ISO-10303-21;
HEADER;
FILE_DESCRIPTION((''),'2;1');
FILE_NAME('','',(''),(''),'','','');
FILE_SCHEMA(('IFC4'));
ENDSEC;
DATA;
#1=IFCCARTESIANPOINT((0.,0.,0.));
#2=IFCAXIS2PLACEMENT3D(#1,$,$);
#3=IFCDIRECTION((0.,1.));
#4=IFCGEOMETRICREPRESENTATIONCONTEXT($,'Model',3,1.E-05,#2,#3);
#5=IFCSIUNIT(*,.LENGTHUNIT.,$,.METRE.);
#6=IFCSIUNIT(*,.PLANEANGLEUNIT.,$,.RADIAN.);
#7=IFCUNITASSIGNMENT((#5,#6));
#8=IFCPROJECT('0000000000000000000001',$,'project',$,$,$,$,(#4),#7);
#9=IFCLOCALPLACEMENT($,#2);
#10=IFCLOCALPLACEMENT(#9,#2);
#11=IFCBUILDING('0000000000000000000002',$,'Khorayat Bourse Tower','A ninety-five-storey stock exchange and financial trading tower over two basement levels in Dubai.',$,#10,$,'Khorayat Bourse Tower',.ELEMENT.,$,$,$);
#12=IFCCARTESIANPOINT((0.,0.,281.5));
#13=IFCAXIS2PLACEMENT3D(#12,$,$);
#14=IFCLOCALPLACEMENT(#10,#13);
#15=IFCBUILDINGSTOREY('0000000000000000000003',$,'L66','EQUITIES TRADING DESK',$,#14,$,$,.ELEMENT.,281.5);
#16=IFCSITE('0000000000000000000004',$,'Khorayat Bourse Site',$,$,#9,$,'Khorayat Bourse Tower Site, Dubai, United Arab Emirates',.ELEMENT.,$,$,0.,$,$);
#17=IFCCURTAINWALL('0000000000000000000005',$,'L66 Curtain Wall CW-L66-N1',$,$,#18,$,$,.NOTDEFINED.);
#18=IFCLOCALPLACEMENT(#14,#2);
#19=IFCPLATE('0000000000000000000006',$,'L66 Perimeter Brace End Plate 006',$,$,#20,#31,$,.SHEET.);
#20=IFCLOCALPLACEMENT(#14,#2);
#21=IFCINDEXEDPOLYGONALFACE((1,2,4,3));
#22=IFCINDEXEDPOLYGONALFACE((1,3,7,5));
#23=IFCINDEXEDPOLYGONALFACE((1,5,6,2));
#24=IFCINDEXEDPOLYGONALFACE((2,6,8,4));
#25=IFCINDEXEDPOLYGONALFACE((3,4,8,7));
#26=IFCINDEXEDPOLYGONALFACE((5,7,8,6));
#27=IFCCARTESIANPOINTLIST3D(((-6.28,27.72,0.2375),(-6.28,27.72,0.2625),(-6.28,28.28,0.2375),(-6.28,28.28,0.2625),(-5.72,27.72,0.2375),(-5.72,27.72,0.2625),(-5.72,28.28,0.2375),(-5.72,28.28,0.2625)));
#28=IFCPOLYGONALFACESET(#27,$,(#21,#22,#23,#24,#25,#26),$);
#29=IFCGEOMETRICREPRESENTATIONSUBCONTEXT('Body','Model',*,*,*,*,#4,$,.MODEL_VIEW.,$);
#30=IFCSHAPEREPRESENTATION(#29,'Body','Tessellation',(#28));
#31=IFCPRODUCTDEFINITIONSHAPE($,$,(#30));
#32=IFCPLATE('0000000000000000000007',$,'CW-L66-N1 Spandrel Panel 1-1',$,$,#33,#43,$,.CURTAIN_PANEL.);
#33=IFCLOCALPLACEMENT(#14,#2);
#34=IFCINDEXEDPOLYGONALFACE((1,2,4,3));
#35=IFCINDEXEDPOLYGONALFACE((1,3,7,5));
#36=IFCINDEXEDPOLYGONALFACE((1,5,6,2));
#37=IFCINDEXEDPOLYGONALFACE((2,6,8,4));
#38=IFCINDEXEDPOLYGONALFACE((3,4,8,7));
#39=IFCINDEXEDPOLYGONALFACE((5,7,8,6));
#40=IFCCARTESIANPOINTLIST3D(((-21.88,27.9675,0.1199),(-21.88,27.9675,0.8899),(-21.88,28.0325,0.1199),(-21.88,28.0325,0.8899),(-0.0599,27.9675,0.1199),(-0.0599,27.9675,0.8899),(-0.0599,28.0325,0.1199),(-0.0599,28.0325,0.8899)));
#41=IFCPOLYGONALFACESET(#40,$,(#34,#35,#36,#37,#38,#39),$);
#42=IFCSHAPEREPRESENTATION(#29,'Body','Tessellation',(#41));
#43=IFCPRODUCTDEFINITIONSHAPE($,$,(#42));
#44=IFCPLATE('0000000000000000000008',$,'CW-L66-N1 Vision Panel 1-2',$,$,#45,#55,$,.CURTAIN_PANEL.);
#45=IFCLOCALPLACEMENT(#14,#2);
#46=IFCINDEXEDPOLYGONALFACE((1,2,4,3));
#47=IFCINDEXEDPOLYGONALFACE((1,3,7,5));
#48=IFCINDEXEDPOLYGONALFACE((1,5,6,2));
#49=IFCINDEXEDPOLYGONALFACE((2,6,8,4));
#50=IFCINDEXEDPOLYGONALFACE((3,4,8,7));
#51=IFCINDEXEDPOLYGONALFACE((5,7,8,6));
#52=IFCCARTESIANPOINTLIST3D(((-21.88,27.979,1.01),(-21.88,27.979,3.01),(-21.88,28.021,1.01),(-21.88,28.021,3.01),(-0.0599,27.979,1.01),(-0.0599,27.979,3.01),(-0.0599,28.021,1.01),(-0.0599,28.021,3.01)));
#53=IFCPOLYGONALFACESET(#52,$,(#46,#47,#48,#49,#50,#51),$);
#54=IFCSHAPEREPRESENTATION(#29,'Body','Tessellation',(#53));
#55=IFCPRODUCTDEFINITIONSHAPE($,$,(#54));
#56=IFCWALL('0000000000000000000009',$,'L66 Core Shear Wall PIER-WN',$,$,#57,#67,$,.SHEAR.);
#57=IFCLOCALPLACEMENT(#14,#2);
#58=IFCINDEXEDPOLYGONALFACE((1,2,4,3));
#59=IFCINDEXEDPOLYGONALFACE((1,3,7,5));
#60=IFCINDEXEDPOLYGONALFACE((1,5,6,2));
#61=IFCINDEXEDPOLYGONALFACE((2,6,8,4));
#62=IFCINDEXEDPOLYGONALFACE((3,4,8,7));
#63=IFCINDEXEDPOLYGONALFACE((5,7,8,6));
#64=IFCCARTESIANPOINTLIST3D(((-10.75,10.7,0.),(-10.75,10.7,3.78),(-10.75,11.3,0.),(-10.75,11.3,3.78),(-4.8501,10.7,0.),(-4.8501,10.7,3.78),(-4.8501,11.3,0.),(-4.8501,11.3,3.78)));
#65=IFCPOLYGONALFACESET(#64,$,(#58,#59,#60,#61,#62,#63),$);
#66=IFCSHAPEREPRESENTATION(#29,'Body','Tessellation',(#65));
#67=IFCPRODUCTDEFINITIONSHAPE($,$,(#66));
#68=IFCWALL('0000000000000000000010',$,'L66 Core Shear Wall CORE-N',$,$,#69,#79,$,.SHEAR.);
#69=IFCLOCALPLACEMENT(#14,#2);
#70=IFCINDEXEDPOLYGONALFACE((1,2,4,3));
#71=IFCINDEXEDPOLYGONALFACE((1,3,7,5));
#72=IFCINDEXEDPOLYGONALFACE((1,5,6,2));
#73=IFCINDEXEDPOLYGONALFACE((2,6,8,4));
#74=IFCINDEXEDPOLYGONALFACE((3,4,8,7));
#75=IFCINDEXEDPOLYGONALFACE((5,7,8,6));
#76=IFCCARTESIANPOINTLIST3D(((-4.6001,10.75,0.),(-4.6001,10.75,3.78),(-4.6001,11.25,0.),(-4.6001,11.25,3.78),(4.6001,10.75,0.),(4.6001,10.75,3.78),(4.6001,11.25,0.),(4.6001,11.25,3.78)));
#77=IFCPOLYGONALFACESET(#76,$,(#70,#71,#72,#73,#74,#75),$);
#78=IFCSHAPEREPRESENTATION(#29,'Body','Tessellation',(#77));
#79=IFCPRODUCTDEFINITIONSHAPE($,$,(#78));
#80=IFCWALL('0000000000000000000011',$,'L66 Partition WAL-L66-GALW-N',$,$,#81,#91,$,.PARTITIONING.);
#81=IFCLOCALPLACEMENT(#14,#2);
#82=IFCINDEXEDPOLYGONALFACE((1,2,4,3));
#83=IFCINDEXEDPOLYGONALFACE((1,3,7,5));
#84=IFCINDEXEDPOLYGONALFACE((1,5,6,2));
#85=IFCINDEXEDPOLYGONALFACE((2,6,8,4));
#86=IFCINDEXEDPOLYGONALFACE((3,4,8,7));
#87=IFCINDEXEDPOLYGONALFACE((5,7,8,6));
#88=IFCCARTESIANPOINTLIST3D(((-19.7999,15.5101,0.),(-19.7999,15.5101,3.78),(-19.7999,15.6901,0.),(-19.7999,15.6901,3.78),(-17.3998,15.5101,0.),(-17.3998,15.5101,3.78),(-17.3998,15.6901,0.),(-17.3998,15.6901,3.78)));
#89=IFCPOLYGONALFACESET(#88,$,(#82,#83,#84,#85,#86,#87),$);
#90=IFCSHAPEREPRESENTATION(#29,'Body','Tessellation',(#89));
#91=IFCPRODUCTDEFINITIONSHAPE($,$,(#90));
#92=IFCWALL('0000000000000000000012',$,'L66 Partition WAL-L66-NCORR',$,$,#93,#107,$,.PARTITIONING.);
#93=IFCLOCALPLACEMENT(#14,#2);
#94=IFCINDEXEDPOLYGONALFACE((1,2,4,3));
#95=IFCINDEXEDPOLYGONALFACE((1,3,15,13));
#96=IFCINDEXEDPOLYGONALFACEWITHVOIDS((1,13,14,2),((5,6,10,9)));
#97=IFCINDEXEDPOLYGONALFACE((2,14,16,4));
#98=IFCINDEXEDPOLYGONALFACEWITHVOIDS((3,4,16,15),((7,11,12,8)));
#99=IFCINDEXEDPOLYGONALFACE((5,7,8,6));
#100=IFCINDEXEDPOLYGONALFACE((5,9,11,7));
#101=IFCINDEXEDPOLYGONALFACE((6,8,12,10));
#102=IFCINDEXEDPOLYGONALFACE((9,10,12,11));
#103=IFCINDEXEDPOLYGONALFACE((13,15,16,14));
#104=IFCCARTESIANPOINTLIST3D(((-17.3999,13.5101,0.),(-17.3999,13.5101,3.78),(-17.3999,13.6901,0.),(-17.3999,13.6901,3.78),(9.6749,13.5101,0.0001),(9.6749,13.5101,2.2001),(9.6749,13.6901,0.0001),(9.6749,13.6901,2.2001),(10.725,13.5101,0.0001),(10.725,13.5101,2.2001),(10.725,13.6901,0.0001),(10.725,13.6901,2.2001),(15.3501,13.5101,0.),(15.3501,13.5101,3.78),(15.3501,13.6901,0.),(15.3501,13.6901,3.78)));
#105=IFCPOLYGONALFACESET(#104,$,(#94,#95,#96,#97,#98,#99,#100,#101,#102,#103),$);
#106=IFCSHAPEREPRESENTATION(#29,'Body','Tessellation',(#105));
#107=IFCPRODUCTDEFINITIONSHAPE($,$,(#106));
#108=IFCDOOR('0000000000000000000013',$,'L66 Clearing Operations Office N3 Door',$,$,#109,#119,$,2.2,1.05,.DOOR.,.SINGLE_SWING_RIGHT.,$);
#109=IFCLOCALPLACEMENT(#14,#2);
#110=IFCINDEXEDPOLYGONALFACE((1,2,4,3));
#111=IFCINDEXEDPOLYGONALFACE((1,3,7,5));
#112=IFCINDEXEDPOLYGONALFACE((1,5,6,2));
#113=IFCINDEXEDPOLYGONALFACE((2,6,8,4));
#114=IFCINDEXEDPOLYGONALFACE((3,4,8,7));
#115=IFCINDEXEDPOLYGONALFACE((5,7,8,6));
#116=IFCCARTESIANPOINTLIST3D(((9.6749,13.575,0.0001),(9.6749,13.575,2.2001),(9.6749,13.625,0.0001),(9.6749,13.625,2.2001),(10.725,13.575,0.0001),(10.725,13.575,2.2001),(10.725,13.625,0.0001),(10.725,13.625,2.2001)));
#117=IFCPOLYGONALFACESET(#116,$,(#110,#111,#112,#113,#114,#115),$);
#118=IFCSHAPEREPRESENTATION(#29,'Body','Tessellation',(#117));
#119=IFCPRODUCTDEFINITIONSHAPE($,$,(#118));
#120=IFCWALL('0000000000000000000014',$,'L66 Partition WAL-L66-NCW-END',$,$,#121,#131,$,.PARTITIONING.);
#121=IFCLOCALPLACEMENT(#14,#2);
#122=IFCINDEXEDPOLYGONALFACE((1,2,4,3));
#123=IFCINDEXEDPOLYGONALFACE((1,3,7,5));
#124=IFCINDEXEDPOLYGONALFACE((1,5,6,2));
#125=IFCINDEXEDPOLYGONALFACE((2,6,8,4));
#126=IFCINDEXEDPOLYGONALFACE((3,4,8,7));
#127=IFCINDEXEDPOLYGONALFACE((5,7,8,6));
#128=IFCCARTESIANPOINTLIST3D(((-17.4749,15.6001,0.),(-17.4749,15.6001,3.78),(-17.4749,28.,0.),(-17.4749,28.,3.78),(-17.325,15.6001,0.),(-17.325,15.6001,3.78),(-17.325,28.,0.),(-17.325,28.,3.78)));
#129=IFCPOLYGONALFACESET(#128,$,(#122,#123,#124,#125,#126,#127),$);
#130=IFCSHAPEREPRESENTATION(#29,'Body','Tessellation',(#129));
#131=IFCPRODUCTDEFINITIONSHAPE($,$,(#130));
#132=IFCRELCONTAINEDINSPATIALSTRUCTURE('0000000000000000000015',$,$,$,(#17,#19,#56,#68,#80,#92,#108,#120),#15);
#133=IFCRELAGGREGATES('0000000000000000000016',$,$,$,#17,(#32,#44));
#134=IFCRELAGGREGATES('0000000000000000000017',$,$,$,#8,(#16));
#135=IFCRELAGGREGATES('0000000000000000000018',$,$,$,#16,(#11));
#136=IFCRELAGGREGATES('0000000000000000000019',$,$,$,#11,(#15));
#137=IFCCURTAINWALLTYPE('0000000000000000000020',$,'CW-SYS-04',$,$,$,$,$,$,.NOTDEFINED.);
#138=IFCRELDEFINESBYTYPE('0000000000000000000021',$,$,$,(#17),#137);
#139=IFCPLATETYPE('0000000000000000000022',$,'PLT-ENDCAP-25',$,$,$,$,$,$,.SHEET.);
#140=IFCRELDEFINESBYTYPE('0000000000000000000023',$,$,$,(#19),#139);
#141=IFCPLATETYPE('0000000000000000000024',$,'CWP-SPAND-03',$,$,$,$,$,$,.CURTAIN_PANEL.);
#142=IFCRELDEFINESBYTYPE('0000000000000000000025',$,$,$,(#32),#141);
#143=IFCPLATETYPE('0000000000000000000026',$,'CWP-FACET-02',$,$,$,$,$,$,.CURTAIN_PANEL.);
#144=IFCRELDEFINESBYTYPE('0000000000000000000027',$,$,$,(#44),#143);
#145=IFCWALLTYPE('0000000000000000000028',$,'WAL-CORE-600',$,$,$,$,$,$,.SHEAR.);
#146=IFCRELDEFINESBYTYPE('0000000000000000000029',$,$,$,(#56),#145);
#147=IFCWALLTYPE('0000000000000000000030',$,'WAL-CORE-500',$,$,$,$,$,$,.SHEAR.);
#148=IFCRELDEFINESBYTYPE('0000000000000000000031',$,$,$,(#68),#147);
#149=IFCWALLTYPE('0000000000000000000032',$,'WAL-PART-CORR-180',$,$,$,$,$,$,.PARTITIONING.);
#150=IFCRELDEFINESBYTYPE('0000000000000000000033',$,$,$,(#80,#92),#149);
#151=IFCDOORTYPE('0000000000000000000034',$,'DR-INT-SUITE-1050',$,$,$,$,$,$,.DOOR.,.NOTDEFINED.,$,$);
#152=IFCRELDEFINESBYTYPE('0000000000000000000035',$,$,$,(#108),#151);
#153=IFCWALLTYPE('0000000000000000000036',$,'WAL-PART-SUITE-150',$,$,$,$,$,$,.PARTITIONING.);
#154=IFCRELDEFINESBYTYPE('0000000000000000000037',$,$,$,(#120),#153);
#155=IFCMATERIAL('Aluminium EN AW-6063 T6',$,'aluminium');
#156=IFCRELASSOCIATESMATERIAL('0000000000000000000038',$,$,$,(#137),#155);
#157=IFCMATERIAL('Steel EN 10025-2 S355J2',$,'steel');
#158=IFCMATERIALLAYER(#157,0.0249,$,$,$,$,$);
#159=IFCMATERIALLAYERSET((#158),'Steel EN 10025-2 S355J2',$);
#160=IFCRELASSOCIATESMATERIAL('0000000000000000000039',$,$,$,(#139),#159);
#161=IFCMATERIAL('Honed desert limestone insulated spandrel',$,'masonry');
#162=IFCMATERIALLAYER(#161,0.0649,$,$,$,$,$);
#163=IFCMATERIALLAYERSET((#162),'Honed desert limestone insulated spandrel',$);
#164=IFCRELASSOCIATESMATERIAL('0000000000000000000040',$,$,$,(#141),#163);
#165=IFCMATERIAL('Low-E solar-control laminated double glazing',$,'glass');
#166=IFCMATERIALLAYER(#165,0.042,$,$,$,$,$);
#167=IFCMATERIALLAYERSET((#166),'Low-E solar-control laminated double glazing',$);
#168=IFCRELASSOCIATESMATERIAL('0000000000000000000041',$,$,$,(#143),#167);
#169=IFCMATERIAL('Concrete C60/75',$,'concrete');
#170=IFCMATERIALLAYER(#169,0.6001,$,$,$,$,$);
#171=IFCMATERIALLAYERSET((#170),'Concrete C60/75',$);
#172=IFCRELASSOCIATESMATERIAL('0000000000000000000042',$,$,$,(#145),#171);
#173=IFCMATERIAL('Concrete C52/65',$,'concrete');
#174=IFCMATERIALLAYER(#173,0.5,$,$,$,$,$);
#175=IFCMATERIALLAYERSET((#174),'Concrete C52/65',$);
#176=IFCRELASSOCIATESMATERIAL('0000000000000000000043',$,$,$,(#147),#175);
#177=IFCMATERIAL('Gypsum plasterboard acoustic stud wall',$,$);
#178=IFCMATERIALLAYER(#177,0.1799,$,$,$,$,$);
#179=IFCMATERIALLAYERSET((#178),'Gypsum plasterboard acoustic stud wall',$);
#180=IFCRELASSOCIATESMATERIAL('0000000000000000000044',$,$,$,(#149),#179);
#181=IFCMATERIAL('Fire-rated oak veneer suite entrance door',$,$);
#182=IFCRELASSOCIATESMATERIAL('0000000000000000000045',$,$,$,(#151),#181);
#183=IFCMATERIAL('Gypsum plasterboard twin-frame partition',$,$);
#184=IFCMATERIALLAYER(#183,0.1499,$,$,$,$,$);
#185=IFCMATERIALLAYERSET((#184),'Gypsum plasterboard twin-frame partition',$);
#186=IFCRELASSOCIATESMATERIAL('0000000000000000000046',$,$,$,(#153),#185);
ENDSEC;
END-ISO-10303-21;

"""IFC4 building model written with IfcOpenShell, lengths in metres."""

from ifc_helpers import new_model, si_unit, direction, frame, frame_2d, origin, origin_2d, place, context, subcontext, project, spatial, rectangle, extrude, source, transform, mapped, material, layer, layer_set, type_object, element, fill, aggregate, save


model = new_model("IFC4")

# Units and contexts
model_context = context("Model", 3, precision=1e-05, world=origin(), true_north=direction((0.0, 1.0)))
body_context = subcontext(model_context, "Body", "Model", "MODEL_VIEW")
ifc_project = project(units=[si_unit("LENGTHUNIT", "METRE"), si_unit("PLANEANGLEUNIT", "RADIAN")], contexts=[model_context])

# Site, building, storey
site_placement = place(None, origin())
site = spatial("IfcSite", under=ifc_project, at=site_placement, Name="Khorayat Bourse Site", LongName="Khorayat Bourse Tower Site, Dubai, United Arab Emirates", CompositionType="ELEMENT", RefElevation=0.0)
building_placement = place(site_placement, origin())
building = spatial("IfcBuilding", under=site, at=building_placement, Name="Khorayat Bourse Tower", Description="A ninety-five-storey stock exchange and financial trading tower over two basement levels in Dubai.", LongName="Khorayat Bourse Tower", CompositionType="ELEMENT")
storey_placement = place(building_placement, frame((0.0, 0.0, 281.5)))
storey = spatial("IfcBuildingStorey", under=building, at=storey_placement, Name="L66", Description="EQUITIES TRADING DESK", CompositionType="ELEMENT", Elevation=281.5)

# Shared definitions
ifc_material_1 = material(Name="Concrete C52/65", Category="concrete")

# Shared definitions
ifc_material_2 = material(Name="Concrete C60/75", Category="concrete")

# Curtain wall
ifc_material_3 = material(Name="Aluminium EN AW-6063 T6", Category="aluminium")
curtain_wall_type = type_object("IfcCurtainWallType", Name="CW-SYS-04", PredefinedType="NOTDEFINED", material=ifc_material_3)
curtain_wall_placement = place(storey_placement, origin())
curtain_wall = element("IfcCurtainWall", 1, at=curtain_wall_placement, inside=storey, type_object=curtain_wall_type, Name="L66 Curtain Wall CW-L66-N1", PredefinedType="NOTDEFINED")

# Plate
ifc_material_4 = material(Name="Steel EN 10025-2 S355J2", Category="steel")
ifc_layer_1 = layer(ifc_material_4, 0.0249)
ifc_layer_set_1 = layer_set([ifc_layer_1], Name="Steel EN 10025-2 S355J2")
plate_type_1 = type_object("IfcPlateType", Name="PLT-ENDCAP-25", PredefinedType="SHEET", material=ifc_layer_set_1)
shared_shape_1 = source(origin(), body_context, "Body", "SweptSolid", [
    extrude(rectangle(XDim=0.5601, YDim=0.5601, at=origin_2d()), origin(), (0.0, 0.0, 1.0), 0.0249),
])
for number, where, z_axis, x_axis, name in (
    (2, (-6.0, 28.0, 0.2375), (0.0, 0.0, 1.0), (1.0, 0.0, 0.0), "L66 Perimeter Brace End Plate 006"),
):
    element("IfcPlate", number, at=place(storey_placement, frame(where, z_axis=z_axis, x_axis=x_axis)), inside=storey, type_object=plate_type_1, Name=name, PredefinedType="SHEET", context=body_context, shape_type="MappedRepresentation", body=[
        mapped(shared_shape_1, transform((0.0, 0.0, 0.0), scale=1.0)),
    ])

# Plates
ifc_material_5 = material(Name="Honed desert limestone insulated spandrel", Category="masonry")
ifc_layer_2 = layer(ifc_material_5, 0.0649)
ifc_layer_set_2 = layer_set([ifc_layer_2], Name="Honed desert limestone insulated spandrel")
plate_type_2 = type_object("IfcPlateType", Name="CWP-SPAND-03", PredefinedType="CURTAIN_PANEL", material=ifc_layer_set_2)
shared_shape_2 = source(origin(), body_context, "Body", "SweptSolid", [
    extrude(rectangle(XDim=21.8201, YDim=0.0649, at=origin_2d()), origin(), (0.0, 0.0, 1.0), 0.77),
])
plate_1_placement = place(storey_placement, frame((-10.97, 28.0, 0.1199), z_axis=(0.0, 0.0, 1.0), x_axis=(1.0, 0.0, 0.0)))
plate_1 = element("IfcPlate", 3, at=plate_1_placement, type_object=plate_type_2, Name="CW-L66-N1 Spandrel Panel 1-1", PredefinedType="CURTAIN_PANEL", context=body_context, shape_type="MappedRepresentation", body=[
    mapped(shared_shape_2, transform((0.0, 0.0, 0.0), scale=1.0)),
])
ifc_material_6 = material(Name="Low-E solar-control laminated double glazing", Category="glass")
ifc_layer_3 = layer(ifc_material_6, 0.042)
ifc_layer_set_3 = layer_set([ifc_layer_3], Name="Low-E solar-control laminated double glazing")
plate_type_3 = type_object("IfcPlateType", Name="CWP-FACET-02", PredefinedType="CURTAIN_PANEL", material=ifc_layer_set_3)
shared_shape_3 = source(origin(), body_context, "Body", "SweptSolid", [
    extrude(rectangle(XDim=21.8201, YDim=0.042, at=origin_2d()), origin(), (0.0, 0.0, 1.0), 2.0),
])
plate_2_placement = place(storey_placement, frame((-10.97, 28.0, 1.01), z_axis=(0.0, 0.0, 1.0), x_axis=(1.0, 0.0, 0.0)))
plate_2 = element("IfcPlate", 4, at=plate_2_placement, type_object=plate_type_3, Name="CW-L66-N1 Vision Panel 1-2", PredefinedType="CURTAIN_PANEL", context=body_context, shape_type="MappedRepresentation", body=[
    mapped(shared_shape_3, transform((0.0, 0.0, 0.0), scale=1.0)),
])
aggregate(curtain_wall, [plate_1, plate_2])

# Walls
ifc_layer_4 = layer(ifc_material_2, 0.6001)
ifc_layer_set_4 = layer_set([ifc_layer_4], Name="Concrete C60/75")
wall_type_1 = type_object("IfcWallType", Name="WAL-CORE-600", PredefinedType="SHEAR", material=ifc_layer_set_4)
shared_shape_4 = source(origin(), body_context, "Body", "SweptSolid", [
    extrude(rectangle(XDim=5.8999, YDim=0.6001, at=frame_2d((2.95, 0.0))), origin(), (0.0, 0.0, 1.0), 3.78),
])
wall_1_placement = place(storey_placement, frame((-10.75, 11.0, 0.0), z_axis=(0.0, 0.0, 1.0), x_axis=(1.0, 0.0, 0.0)))
element("IfcWall", 5, at=wall_1_placement, inside=storey, type_object=wall_type_1, Name="L66 Core Shear Wall PIER-WN", PredefinedType="SHEAR", context=body_context, shape_type="MappedRepresentation", body=[
    mapped(shared_shape_4, transform((0.0, 0.0, 0.0), scale=1.0)),
])
ifc_layer_5 = layer(ifc_material_1, 0.5)
ifc_layer_set_5 = layer_set([ifc_layer_5], Name="Concrete C52/65")
wall_type_2 = type_object("IfcWallType", Name="WAL-CORE-500", PredefinedType="SHEAR", material=ifc_layer_set_5)
shared_shape_5 = source(origin(), body_context, "Body", "SweptSolid", [
    extrude(rectangle(XDim=9.2002, YDim=0.5, at=frame_2d((4.6001, 0.0))), origin(), (0.0, 0.0, 1.0), 3.78),
])
wall_2_placement = place(storey_placement, frame((-4.6001, 11.0, 0.0), z_axis=(0.0, 0.0, 1.0), x_axis=(1.0, 0.0, 0.0)))
element("IfcWall", 6, at=wall_2_placement, inside=storey, type_object=wall_type_2, Name="L66 Core Shear Wall CORE-N", PredefinedType="SHEAR", context=body_context, shape_type="MappedRepresentation", body=[
    mapped(shared_shape_5, transform((0.0, 0.0, 0.0), scale=1.0)),
])
ifc_material_7 = material(Name="Gypsum plasterboard acoustic stud wall")
ifc_layer_6 = layer(ifc_material_7, 0.1799)
ifc_layer_set_6 = layer_set([ifc_layer_6], Name="Gypsum plasterboard acoustic stud wall")
wall_type_3 = type_object("IfcWallType", Name="WAL-PART-CORR-180", PredefinedType="PARTITIONING", material=ifc_layer_set_6)
shared_shape_6 = source(origin(), body_context, "Body", "SweptSolid", [
    extrude(rectangle(XDim=2.4001, YDim=0.1799, at=frame_2d((1.2002, 0.0))), origin(), (0.0, 0.0, 1.0), 3.78),
])
wall_3_placement = place(storey_placement, frame((-19.8, 15.6001, 0.0), z_axis=(0.0, 0.0, 1.0), x_axis=(1.0, 0.0, 0.0)))
element("IfcWall", 7, at=wall_3_placement, inside=storey, type_object=wall_type_3, Name="L66 Partition WAL-L66-GALW-N", PredefinedType="PARTITIONING", context=body_context, shape_type="MappedRepresentation", body=[
    mapped(shared_shape_6, transform((0.0, 0.0, 0.0), scale=1.0)),
])

# Wall, opening, door
shared_shape_7 = source(origin(), body_context, "Body", "SweptSolid", [
    extrude(rectangle(XDim=32.75, YDim=0.1799, at=frame_2d((16.375, 0.0))), origin(), (0.0, 0.0, 1.0), 3.78),
])
wall_4_placement = place(storey_placement, frame((-17.3999, 13.6001, 0.0), z_axis=(0.0, 0.0, 1.0), x_axis=(1.0, 0.0, 0.0)))
wall_4 = element("IfcWall", 8, at=wall_4_placement, inside=storey, type_object=wall_type_3, Name="L66 Partition WAL-L66-NCORR", PredefinedType="PARTITIONING", context=body_context, shape_type="MappedRepresentation", body=[
    mapped(shared_shape_7, transform((0.0, 0.0, 0.0), scale=1.0)),
])
shared_shape_8 = source(origin(), body_context, "Body", "SweptSolid", [
    extrude(rectangle(XDim=1.05, YDim=2.2, at=frame_2d((0.5249, 1.1001))), frame((0.0, 0.0999, 0.0), z_axis=(0.0, -1.0, 0.0), x_axis=(1.0, 0.0, 0.0)), (0.0, 0.0, 1.0), 0.2),
])
opening_1_placement = place(wall_4_placement, frame((27.075, 0.0, 0.0)))
opening_1 = element("IfcOpeningElement", 9, at=opening_1_placement, cuts=wall_4, PredefinedType="OPENING", context=body_context, shape_type="MappedRepresentation", body=[
    mapped(shared_shape_8, transform((0.0, 0.0, 0.0), scale=1.0)),
])
ifc_material_8 = material(Name="Fire-rated oak veneer suite entrance door")
door_type_1 = type_object("IfcDoorType", Name="DR-INT-SUITE-1050", OperationType="NOTDEFINED", PredefinedType="DOOR", material=ifc_material_8)
shared_shape_9 = source(origin(), body_context, "Body", "SweptSolid", [
    extrude(rectangle(XDim=1.05, YDim=2.2, at=frame_2d((0.5249, 1.1001))), frame((0.0, 0.0249, 0.0), z_axis=(0.0, -1.0, 0.0), x_axis=(1.0, 0.0, 0.0)), (0.0, 0.0, 1.0), 0.05),
])
door_1_placement = place(opening_1_placement, origin())
door_1 = element("IfcDoor", 10, at=door_1_placement, inside=storey, type_object=door_type_1, Name="L66 Clearing Operations Office N3 Door", OperationType="SINGLE_SWING_RIGHT", OverallHeight=2.2, OverallWidth=1.05, PredefinedType="DOOR", context=body_context, shape_type="MappedRepresentation", body=[
    mapped(shared_shape_9, transform((0.0, 0.0, 0.0), scale=1.0)),
])
fill(opening_1, door_1)

# Wall
ifc_material_9 = material(Name="Gypsum plasterboard twin-frame partition")
ifc_layer_7 = layer(ifc_material_9, 0.1499)
ifc_layer_set_7 = layer_set([ifc_layer_7], Name="Gypsum plasterboard twin-frame partition")
wall_type_4 = type_object("IfcWallType", Name="WAL-PART-SUITE-150", PredefinedType="PARTITIONING", material=ifc_layer_set_7)
shared_shape_10 = source(origin(), body_context, "Body", "SweptSolid", [
    extrude(rectangle(XDim=12.3999, YDim=0.1499, at=frame_2d((6.2, 0.0))), origin(), (0.0, 0.0, 1.0), 3.78),
])
wall_5_placement = place(storey_placement, frame((-17.3999, 15.6001, 0.0), z_axis=(0.0, 0.0, 1.0), x_axis=(0.0, 1.0, 0.0)))
element("IfcWall", 11, at=wall_5_placement, inside=storey, type_object=wall_type_4, Name="L66 Partition WAL-L66-NCW-END", PredefinedType="PARTITIONING", context=body_context, shape_type="MappedRepresentation", body=[
    mapped(shared_shape_10, transform((0.0, 0.0, 0.0), scale=1.0)),
])

save(model, "model.ifc")
